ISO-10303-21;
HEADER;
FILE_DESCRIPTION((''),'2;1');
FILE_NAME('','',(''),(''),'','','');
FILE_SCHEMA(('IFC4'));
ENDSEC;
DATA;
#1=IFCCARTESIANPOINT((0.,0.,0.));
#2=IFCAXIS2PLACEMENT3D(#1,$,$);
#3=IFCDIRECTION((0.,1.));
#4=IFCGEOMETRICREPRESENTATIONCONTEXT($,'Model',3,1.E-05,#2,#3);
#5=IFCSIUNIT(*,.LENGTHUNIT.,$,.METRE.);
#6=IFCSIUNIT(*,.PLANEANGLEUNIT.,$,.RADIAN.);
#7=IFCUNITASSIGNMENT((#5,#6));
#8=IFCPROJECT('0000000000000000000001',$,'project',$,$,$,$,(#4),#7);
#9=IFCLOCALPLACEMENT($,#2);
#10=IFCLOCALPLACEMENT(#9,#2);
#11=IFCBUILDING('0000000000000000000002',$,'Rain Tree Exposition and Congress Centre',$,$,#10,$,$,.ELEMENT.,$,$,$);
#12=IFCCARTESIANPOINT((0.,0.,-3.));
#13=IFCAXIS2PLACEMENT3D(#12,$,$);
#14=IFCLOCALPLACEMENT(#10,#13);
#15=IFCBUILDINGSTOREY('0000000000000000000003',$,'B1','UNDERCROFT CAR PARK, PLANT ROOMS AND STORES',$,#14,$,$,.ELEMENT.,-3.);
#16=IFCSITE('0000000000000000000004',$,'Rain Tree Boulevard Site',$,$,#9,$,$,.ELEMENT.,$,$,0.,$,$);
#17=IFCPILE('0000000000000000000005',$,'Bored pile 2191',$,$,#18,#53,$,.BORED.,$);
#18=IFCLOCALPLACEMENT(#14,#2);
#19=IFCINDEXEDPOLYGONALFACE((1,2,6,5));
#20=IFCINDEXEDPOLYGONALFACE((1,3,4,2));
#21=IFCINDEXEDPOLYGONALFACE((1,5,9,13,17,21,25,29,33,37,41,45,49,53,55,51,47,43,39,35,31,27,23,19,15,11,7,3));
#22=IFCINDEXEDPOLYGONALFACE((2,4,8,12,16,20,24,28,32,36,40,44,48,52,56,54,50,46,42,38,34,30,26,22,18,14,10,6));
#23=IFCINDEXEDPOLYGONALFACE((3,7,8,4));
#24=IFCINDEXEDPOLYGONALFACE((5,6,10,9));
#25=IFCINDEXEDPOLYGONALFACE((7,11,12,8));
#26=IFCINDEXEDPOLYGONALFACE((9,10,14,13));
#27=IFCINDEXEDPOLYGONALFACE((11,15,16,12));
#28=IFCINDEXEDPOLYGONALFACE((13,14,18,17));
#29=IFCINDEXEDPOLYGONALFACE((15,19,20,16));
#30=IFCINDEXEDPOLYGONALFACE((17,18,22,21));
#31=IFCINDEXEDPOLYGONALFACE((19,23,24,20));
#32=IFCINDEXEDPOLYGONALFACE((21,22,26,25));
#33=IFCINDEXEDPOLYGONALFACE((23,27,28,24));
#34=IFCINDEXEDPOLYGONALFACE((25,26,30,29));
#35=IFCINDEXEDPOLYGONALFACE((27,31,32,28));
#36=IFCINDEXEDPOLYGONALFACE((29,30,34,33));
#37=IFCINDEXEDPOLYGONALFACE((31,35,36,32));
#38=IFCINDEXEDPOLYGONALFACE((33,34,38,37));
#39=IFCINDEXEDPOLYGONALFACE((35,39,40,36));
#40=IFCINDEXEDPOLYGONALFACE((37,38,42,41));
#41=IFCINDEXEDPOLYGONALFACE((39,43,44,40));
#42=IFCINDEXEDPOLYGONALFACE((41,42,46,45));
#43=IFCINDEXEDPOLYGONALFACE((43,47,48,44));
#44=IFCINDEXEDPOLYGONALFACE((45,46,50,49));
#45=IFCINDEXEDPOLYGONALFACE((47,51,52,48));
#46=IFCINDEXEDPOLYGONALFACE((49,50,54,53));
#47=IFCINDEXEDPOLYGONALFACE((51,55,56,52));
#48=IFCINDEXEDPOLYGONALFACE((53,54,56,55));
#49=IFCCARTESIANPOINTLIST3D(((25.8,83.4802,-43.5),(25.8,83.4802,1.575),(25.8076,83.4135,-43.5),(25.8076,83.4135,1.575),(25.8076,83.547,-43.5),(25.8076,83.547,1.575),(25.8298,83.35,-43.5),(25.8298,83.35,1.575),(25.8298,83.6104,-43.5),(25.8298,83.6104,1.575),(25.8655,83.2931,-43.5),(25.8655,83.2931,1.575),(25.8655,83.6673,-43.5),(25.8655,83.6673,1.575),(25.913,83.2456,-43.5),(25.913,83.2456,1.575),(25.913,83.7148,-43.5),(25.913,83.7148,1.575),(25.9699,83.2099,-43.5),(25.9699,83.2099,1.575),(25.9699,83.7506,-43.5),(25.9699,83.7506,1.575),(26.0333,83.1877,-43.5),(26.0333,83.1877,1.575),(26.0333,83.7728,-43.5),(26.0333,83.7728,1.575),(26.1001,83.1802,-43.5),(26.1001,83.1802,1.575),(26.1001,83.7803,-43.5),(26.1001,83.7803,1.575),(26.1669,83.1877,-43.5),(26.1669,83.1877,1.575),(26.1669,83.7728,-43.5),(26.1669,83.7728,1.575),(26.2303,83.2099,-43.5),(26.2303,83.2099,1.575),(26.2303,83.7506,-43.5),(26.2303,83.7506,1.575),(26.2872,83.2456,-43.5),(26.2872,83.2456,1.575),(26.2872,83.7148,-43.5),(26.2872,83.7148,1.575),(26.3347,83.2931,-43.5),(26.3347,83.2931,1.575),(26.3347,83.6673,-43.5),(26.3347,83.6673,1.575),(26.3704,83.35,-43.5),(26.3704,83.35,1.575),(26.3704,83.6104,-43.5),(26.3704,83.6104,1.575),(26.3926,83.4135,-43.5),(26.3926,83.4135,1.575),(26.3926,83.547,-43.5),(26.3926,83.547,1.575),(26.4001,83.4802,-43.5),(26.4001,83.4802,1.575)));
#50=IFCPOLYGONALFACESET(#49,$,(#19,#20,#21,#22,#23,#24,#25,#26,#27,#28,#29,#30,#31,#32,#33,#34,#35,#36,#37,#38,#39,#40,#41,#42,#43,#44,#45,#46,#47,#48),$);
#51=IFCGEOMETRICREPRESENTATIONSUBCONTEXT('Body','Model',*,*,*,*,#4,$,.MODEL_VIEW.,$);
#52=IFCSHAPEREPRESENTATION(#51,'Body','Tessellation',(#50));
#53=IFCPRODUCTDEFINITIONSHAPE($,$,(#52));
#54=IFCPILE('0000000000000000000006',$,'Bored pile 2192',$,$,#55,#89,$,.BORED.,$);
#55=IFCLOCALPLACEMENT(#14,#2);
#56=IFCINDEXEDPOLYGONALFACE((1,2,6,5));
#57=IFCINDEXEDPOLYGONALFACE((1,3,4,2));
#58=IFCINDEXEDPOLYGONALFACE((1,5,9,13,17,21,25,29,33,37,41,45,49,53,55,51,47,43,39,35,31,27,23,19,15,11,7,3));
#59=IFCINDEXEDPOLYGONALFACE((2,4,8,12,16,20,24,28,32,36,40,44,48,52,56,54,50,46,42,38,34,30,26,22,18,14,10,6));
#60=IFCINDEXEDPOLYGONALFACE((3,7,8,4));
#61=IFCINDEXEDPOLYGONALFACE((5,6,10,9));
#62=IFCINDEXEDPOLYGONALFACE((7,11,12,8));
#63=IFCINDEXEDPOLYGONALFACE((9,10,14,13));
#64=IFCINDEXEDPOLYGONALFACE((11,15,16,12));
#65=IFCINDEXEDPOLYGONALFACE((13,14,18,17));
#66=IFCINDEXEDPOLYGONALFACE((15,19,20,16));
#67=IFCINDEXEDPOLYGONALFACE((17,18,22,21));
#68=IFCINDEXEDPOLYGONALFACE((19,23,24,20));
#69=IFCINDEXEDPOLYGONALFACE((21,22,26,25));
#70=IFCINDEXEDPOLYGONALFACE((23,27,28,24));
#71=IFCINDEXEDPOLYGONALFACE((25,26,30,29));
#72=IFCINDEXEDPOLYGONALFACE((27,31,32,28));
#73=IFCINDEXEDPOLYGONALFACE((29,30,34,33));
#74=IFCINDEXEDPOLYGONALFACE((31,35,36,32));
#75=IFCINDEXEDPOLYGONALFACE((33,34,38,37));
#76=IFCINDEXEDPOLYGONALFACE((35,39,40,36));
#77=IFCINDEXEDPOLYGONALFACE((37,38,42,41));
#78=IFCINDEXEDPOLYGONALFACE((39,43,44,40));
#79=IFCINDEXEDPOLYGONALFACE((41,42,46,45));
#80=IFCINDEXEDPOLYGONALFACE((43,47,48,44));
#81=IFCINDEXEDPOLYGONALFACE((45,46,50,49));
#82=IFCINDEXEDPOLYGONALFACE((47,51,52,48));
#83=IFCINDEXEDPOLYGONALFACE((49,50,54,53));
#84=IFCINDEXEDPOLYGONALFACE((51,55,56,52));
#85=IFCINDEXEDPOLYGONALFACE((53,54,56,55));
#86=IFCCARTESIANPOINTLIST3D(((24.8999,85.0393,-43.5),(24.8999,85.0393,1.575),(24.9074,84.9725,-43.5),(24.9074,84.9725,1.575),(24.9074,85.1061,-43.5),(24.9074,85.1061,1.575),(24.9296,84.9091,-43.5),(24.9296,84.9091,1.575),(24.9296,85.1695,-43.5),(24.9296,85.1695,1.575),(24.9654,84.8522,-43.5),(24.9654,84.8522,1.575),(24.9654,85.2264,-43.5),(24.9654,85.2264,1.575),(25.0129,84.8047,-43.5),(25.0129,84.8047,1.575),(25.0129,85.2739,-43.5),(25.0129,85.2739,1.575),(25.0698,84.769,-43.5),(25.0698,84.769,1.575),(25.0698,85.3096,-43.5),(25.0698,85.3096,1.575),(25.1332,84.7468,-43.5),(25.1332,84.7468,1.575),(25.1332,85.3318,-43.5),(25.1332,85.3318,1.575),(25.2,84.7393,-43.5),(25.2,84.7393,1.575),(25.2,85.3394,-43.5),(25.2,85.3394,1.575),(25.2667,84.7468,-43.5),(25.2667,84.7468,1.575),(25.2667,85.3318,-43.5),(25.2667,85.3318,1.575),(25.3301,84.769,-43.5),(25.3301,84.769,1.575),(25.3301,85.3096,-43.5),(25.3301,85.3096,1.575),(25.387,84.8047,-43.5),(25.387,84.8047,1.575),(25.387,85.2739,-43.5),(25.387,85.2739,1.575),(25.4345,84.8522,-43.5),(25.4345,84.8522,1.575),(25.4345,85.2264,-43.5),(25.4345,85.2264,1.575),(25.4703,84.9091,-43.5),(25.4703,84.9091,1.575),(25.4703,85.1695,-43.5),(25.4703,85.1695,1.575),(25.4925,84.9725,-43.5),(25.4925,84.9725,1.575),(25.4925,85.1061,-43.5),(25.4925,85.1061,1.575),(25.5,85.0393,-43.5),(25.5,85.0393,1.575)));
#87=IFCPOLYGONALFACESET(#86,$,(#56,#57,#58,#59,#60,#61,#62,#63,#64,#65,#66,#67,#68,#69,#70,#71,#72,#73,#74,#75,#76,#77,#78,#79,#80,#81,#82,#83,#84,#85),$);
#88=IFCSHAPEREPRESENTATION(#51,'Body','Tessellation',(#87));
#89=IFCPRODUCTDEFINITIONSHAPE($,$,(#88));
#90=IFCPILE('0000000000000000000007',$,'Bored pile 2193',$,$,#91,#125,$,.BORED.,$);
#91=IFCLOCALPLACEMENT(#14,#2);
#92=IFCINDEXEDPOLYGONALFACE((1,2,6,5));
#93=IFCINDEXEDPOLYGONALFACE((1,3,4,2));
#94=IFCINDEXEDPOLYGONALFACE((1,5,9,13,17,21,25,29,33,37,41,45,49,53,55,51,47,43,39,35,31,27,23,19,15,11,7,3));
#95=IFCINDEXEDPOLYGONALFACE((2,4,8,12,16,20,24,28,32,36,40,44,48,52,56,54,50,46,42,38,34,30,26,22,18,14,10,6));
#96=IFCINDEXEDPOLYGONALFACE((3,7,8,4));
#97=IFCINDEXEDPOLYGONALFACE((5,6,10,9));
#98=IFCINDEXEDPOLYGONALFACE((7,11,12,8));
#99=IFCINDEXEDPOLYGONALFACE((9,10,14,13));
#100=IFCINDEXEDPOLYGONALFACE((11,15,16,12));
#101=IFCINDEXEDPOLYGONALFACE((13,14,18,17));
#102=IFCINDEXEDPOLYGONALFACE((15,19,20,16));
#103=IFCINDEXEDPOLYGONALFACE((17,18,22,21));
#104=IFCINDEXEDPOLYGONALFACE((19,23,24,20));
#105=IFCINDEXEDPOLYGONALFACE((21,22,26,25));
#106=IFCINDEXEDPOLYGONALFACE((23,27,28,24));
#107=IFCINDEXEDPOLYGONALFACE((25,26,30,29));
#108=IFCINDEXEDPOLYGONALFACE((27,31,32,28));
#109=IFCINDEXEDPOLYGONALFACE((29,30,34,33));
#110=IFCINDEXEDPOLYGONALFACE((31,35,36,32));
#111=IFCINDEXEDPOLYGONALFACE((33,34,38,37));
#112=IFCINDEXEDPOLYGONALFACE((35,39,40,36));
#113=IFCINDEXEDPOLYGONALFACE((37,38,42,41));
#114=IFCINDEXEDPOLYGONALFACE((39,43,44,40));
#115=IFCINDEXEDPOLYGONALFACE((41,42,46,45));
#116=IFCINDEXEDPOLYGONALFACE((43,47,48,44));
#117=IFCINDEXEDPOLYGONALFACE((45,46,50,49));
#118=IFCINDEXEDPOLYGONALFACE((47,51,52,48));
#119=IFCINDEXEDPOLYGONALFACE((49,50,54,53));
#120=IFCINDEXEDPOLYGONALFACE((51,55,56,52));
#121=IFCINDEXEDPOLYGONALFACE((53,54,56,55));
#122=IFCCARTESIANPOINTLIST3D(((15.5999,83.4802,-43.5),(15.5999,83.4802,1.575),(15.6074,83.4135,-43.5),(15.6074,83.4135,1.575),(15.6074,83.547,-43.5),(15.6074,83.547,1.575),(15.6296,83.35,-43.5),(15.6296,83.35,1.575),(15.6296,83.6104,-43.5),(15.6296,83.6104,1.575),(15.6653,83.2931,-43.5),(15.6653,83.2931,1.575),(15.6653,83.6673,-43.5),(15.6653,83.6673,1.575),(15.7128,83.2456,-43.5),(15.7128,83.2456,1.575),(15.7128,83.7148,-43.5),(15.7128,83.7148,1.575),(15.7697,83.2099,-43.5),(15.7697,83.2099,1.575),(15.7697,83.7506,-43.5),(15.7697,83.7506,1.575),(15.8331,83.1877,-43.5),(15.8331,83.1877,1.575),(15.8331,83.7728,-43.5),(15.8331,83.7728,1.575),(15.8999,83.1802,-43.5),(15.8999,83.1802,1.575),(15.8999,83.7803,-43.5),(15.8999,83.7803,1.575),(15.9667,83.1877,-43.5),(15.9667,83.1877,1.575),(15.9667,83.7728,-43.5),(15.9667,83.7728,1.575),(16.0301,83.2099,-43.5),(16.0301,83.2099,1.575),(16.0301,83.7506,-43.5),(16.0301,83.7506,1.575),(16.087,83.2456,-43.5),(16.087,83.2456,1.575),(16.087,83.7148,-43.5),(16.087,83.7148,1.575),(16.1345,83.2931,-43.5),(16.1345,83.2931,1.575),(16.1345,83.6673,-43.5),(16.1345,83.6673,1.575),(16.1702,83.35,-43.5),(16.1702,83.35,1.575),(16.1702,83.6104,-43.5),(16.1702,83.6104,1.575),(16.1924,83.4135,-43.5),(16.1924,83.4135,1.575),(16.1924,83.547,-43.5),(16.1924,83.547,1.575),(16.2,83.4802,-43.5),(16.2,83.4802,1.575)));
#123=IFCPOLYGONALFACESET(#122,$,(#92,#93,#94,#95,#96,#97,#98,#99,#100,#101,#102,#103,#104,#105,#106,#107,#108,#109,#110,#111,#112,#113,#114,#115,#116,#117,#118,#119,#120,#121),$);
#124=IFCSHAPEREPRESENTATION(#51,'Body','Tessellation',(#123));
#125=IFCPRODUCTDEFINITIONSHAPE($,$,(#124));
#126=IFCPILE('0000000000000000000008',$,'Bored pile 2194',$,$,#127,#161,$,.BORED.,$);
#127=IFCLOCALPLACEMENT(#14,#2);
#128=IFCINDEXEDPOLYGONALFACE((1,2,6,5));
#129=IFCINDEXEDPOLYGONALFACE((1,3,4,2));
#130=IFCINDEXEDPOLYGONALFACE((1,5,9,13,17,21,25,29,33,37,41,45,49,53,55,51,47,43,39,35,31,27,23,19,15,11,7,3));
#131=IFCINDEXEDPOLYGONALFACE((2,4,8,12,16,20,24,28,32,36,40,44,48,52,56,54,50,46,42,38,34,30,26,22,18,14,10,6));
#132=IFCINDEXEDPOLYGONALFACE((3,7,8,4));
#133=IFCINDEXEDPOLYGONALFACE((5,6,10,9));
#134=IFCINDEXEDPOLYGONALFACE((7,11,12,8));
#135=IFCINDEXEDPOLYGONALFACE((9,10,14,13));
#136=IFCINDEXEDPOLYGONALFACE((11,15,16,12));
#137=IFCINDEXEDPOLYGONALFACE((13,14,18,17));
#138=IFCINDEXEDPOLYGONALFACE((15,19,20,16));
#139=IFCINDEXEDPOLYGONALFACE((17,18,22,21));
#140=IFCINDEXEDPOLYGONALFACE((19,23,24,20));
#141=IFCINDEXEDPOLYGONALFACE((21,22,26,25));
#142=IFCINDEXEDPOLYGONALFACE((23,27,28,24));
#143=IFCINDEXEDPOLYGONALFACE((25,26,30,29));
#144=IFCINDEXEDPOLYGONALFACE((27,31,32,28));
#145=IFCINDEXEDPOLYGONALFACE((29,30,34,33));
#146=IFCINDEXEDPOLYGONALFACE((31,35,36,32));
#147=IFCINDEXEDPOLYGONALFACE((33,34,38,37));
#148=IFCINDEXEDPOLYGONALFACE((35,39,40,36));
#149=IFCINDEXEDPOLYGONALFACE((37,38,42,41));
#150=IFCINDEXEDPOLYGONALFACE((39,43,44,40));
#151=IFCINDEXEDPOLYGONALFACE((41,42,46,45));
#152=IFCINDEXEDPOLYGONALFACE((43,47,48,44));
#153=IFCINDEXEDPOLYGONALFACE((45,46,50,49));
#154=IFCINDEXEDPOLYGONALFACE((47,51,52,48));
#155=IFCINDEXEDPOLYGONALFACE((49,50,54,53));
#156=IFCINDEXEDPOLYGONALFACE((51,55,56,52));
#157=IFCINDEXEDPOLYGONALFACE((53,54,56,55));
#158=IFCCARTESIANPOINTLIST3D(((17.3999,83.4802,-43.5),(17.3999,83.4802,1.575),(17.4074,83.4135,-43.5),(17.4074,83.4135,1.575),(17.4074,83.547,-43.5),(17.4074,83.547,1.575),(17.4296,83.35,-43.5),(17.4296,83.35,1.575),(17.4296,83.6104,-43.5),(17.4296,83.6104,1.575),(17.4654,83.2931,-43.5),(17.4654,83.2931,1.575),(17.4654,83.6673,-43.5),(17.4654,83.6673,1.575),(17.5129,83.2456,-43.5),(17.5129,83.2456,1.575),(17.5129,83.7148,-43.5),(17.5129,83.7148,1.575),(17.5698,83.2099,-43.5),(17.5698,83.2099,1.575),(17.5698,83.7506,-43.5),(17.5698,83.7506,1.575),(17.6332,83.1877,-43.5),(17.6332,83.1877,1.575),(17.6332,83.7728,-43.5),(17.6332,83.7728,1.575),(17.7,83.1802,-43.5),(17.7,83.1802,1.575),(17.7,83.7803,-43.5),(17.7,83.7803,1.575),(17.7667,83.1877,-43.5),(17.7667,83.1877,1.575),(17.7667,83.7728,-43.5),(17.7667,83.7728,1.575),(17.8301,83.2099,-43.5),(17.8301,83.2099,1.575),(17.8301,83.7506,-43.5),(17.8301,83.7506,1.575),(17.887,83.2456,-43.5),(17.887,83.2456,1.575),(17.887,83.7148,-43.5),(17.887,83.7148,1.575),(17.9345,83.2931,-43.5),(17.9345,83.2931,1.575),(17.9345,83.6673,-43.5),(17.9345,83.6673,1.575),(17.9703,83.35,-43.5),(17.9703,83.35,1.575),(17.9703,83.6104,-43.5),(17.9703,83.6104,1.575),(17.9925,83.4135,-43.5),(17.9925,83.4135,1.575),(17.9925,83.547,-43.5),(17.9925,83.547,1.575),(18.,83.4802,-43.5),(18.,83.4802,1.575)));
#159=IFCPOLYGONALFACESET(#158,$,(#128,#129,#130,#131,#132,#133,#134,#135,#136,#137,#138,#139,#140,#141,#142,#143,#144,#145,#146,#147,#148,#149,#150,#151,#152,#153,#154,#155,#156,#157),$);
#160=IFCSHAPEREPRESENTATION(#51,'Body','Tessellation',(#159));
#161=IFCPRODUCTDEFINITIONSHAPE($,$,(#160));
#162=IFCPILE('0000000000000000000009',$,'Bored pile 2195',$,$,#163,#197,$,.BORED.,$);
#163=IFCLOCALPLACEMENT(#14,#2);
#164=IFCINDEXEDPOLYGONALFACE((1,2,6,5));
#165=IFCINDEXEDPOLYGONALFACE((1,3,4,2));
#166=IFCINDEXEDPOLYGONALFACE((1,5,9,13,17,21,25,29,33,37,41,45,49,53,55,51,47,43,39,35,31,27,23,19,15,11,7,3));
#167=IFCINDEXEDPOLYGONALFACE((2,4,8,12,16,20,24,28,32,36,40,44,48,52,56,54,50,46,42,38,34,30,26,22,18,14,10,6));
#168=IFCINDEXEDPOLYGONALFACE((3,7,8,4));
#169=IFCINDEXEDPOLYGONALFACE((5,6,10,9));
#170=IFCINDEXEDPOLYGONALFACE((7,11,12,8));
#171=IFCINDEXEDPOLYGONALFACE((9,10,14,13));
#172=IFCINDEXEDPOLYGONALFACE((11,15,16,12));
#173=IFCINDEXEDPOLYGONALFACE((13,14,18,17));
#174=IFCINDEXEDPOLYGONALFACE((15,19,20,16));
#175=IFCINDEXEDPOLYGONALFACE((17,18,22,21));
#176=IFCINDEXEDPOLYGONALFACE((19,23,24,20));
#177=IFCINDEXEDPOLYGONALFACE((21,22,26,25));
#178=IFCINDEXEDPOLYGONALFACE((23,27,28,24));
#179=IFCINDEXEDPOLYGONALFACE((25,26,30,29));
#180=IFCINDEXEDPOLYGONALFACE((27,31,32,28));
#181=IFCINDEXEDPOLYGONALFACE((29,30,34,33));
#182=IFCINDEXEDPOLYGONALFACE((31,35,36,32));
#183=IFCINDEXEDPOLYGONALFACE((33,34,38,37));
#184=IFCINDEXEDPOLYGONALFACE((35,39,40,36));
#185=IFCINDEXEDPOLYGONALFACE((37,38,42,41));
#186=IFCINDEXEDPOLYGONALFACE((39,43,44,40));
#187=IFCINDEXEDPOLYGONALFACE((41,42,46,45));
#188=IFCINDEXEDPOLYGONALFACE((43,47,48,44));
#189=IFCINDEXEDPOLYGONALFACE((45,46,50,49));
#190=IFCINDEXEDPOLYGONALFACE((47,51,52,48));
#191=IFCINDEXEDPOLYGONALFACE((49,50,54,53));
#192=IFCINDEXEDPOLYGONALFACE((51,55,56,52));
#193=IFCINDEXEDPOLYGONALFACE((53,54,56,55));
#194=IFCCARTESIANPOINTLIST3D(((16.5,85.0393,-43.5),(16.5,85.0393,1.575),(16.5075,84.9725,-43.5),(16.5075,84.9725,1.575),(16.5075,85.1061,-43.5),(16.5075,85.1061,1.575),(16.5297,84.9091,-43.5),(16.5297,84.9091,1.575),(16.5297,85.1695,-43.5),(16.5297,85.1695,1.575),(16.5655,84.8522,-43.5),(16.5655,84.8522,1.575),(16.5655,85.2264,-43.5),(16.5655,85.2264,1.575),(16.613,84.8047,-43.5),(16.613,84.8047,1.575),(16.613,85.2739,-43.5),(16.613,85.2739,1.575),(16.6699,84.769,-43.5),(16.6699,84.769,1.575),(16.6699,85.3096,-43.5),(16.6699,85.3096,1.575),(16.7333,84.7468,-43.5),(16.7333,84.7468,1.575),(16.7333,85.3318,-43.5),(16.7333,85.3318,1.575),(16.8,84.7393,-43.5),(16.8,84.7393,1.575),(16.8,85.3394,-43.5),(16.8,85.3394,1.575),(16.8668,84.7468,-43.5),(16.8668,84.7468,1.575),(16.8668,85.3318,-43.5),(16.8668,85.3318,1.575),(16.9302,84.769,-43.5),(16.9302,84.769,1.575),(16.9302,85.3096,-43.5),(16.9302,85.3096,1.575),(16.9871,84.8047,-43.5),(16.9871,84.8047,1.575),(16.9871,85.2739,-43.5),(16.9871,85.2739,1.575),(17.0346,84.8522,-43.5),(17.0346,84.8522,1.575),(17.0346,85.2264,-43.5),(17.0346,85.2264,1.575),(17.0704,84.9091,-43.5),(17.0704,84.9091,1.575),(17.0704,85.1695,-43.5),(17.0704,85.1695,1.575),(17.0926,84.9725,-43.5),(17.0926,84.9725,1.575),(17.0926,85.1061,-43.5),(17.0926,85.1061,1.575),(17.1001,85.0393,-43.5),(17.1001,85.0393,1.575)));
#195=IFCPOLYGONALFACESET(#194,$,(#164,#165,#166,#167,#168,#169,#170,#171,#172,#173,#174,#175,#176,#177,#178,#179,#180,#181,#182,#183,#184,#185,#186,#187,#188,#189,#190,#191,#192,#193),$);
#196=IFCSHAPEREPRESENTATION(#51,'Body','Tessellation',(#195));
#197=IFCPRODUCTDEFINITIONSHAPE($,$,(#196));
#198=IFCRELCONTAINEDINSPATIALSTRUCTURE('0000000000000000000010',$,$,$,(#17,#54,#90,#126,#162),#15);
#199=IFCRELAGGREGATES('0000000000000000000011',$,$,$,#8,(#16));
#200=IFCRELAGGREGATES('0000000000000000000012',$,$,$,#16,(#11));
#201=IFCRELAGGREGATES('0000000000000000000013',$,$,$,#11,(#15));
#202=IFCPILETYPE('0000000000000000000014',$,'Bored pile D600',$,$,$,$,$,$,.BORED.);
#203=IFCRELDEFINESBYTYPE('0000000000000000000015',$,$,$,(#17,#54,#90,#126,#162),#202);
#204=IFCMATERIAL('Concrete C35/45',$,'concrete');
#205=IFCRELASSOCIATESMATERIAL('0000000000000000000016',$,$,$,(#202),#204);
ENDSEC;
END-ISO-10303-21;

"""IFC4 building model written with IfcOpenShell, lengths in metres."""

from ifc_helpers import new_model, si_unit, direction, frame, origin, origin_2d, place, context, subcontext, project, spatial, circle, extrude, material, material_profile, profile_set, type_object, element, save


model = new_model("IFC4")

# Units and contexts
model_context = context("Model", 3, precision=1e-05, world=origin(), true_north=direction((0.0, 1.0)))
body_context = subcontext(model_context, "Body", "Model", "MODEL_VIEW")
ifc_project = project(units=[si_unit("LENGTHUNIT", "METRE"), si_unit("PLANEANGLEUNIT", "RADIAN")], contexts=[model_context])

# Site, building, storey
site_placement = place(None, origin())
site = spatial("IfcSite", under=ifc_project, at=site_placement, Name="Rain Tree Boulevard Site", CompositionType="ELEMENT", RefElevation=0.0)
building_placement = place(site_placement, origin())
building = spatial("IfcBuilding", under=site, at=building_placement, Name="Rain Tree Exposition and Congress Centre", CompositionType="ELEMENT")
storey_placement = place(building_placement, frame((0.0, 0.0, -3.0)))
storey = spatial("IfcBuildingStorey", under=building, at=storey_placement, Name="B1", Description="UNDERCROFT CAR PARK, PLANT ROOMS AND STORES", CompositionType="ELEMENT", Elevation=-3.0)

# Piles
ifc_material_1 = material(Name="Concrete C35/45", Category="concrete")
ifc_material_profile_1 = material_profile(ifc_material_1, circle(Radius=0.3, at=origin_2d()), Name="D600")
ifc_profile_set_1 = profile_set([ifc_material_profile_1], Name="Concrete C35/45")
pile_type_1 = type_object("IfcPileType", Name="Bored pile D600", PredefinedType="BORED", material=ifc_profile_set_1)
for number, where, z_axis, x_axis, name in (
    (1, (26.1001, 83.4802, 1.575), (0.0, 0.0, -1.0), (1.0, 0.0, 0.0), "Bored pile 2191"),
    (2, (25.2, 85.0393, 1.575), (0.0, 0.0, -1.0), (1.0, 0.0, 0.0), "Bored pile 2192"),
    (3, (15.8999, 83.4802, 1.575), (0.0, 0.0, -1.0), (1.0, 0.0, 0.0), "Bored pile 2193"),
    (4, (17.7, 83.4802, 1.575), (0.0, 0.0, -1.0), (1.0, 0.0, 0.0), "Bored pile 2194"),
    (5, (16.8, 85.0393, 1.575), (0.0, 0.0, -1.0), (1.0, 0.0, 0.0), "Bored pile 2195"),
):
    element("IfcPile", number, at=place(storey_placement, frame(where, z_axis=z_axis, x_axis=x_axis)), inside=storey, type_object=pile_type_1, Name=name, PredefinedType="BORED", context=body_context, shape_type="SweptSolid", body=[
        extrude(circle(Radius=0.3, at=origin_2d()), origin(), (0.0, 0.0, 1.0), 45.075),
    ])

save(model, "model.ifc")
